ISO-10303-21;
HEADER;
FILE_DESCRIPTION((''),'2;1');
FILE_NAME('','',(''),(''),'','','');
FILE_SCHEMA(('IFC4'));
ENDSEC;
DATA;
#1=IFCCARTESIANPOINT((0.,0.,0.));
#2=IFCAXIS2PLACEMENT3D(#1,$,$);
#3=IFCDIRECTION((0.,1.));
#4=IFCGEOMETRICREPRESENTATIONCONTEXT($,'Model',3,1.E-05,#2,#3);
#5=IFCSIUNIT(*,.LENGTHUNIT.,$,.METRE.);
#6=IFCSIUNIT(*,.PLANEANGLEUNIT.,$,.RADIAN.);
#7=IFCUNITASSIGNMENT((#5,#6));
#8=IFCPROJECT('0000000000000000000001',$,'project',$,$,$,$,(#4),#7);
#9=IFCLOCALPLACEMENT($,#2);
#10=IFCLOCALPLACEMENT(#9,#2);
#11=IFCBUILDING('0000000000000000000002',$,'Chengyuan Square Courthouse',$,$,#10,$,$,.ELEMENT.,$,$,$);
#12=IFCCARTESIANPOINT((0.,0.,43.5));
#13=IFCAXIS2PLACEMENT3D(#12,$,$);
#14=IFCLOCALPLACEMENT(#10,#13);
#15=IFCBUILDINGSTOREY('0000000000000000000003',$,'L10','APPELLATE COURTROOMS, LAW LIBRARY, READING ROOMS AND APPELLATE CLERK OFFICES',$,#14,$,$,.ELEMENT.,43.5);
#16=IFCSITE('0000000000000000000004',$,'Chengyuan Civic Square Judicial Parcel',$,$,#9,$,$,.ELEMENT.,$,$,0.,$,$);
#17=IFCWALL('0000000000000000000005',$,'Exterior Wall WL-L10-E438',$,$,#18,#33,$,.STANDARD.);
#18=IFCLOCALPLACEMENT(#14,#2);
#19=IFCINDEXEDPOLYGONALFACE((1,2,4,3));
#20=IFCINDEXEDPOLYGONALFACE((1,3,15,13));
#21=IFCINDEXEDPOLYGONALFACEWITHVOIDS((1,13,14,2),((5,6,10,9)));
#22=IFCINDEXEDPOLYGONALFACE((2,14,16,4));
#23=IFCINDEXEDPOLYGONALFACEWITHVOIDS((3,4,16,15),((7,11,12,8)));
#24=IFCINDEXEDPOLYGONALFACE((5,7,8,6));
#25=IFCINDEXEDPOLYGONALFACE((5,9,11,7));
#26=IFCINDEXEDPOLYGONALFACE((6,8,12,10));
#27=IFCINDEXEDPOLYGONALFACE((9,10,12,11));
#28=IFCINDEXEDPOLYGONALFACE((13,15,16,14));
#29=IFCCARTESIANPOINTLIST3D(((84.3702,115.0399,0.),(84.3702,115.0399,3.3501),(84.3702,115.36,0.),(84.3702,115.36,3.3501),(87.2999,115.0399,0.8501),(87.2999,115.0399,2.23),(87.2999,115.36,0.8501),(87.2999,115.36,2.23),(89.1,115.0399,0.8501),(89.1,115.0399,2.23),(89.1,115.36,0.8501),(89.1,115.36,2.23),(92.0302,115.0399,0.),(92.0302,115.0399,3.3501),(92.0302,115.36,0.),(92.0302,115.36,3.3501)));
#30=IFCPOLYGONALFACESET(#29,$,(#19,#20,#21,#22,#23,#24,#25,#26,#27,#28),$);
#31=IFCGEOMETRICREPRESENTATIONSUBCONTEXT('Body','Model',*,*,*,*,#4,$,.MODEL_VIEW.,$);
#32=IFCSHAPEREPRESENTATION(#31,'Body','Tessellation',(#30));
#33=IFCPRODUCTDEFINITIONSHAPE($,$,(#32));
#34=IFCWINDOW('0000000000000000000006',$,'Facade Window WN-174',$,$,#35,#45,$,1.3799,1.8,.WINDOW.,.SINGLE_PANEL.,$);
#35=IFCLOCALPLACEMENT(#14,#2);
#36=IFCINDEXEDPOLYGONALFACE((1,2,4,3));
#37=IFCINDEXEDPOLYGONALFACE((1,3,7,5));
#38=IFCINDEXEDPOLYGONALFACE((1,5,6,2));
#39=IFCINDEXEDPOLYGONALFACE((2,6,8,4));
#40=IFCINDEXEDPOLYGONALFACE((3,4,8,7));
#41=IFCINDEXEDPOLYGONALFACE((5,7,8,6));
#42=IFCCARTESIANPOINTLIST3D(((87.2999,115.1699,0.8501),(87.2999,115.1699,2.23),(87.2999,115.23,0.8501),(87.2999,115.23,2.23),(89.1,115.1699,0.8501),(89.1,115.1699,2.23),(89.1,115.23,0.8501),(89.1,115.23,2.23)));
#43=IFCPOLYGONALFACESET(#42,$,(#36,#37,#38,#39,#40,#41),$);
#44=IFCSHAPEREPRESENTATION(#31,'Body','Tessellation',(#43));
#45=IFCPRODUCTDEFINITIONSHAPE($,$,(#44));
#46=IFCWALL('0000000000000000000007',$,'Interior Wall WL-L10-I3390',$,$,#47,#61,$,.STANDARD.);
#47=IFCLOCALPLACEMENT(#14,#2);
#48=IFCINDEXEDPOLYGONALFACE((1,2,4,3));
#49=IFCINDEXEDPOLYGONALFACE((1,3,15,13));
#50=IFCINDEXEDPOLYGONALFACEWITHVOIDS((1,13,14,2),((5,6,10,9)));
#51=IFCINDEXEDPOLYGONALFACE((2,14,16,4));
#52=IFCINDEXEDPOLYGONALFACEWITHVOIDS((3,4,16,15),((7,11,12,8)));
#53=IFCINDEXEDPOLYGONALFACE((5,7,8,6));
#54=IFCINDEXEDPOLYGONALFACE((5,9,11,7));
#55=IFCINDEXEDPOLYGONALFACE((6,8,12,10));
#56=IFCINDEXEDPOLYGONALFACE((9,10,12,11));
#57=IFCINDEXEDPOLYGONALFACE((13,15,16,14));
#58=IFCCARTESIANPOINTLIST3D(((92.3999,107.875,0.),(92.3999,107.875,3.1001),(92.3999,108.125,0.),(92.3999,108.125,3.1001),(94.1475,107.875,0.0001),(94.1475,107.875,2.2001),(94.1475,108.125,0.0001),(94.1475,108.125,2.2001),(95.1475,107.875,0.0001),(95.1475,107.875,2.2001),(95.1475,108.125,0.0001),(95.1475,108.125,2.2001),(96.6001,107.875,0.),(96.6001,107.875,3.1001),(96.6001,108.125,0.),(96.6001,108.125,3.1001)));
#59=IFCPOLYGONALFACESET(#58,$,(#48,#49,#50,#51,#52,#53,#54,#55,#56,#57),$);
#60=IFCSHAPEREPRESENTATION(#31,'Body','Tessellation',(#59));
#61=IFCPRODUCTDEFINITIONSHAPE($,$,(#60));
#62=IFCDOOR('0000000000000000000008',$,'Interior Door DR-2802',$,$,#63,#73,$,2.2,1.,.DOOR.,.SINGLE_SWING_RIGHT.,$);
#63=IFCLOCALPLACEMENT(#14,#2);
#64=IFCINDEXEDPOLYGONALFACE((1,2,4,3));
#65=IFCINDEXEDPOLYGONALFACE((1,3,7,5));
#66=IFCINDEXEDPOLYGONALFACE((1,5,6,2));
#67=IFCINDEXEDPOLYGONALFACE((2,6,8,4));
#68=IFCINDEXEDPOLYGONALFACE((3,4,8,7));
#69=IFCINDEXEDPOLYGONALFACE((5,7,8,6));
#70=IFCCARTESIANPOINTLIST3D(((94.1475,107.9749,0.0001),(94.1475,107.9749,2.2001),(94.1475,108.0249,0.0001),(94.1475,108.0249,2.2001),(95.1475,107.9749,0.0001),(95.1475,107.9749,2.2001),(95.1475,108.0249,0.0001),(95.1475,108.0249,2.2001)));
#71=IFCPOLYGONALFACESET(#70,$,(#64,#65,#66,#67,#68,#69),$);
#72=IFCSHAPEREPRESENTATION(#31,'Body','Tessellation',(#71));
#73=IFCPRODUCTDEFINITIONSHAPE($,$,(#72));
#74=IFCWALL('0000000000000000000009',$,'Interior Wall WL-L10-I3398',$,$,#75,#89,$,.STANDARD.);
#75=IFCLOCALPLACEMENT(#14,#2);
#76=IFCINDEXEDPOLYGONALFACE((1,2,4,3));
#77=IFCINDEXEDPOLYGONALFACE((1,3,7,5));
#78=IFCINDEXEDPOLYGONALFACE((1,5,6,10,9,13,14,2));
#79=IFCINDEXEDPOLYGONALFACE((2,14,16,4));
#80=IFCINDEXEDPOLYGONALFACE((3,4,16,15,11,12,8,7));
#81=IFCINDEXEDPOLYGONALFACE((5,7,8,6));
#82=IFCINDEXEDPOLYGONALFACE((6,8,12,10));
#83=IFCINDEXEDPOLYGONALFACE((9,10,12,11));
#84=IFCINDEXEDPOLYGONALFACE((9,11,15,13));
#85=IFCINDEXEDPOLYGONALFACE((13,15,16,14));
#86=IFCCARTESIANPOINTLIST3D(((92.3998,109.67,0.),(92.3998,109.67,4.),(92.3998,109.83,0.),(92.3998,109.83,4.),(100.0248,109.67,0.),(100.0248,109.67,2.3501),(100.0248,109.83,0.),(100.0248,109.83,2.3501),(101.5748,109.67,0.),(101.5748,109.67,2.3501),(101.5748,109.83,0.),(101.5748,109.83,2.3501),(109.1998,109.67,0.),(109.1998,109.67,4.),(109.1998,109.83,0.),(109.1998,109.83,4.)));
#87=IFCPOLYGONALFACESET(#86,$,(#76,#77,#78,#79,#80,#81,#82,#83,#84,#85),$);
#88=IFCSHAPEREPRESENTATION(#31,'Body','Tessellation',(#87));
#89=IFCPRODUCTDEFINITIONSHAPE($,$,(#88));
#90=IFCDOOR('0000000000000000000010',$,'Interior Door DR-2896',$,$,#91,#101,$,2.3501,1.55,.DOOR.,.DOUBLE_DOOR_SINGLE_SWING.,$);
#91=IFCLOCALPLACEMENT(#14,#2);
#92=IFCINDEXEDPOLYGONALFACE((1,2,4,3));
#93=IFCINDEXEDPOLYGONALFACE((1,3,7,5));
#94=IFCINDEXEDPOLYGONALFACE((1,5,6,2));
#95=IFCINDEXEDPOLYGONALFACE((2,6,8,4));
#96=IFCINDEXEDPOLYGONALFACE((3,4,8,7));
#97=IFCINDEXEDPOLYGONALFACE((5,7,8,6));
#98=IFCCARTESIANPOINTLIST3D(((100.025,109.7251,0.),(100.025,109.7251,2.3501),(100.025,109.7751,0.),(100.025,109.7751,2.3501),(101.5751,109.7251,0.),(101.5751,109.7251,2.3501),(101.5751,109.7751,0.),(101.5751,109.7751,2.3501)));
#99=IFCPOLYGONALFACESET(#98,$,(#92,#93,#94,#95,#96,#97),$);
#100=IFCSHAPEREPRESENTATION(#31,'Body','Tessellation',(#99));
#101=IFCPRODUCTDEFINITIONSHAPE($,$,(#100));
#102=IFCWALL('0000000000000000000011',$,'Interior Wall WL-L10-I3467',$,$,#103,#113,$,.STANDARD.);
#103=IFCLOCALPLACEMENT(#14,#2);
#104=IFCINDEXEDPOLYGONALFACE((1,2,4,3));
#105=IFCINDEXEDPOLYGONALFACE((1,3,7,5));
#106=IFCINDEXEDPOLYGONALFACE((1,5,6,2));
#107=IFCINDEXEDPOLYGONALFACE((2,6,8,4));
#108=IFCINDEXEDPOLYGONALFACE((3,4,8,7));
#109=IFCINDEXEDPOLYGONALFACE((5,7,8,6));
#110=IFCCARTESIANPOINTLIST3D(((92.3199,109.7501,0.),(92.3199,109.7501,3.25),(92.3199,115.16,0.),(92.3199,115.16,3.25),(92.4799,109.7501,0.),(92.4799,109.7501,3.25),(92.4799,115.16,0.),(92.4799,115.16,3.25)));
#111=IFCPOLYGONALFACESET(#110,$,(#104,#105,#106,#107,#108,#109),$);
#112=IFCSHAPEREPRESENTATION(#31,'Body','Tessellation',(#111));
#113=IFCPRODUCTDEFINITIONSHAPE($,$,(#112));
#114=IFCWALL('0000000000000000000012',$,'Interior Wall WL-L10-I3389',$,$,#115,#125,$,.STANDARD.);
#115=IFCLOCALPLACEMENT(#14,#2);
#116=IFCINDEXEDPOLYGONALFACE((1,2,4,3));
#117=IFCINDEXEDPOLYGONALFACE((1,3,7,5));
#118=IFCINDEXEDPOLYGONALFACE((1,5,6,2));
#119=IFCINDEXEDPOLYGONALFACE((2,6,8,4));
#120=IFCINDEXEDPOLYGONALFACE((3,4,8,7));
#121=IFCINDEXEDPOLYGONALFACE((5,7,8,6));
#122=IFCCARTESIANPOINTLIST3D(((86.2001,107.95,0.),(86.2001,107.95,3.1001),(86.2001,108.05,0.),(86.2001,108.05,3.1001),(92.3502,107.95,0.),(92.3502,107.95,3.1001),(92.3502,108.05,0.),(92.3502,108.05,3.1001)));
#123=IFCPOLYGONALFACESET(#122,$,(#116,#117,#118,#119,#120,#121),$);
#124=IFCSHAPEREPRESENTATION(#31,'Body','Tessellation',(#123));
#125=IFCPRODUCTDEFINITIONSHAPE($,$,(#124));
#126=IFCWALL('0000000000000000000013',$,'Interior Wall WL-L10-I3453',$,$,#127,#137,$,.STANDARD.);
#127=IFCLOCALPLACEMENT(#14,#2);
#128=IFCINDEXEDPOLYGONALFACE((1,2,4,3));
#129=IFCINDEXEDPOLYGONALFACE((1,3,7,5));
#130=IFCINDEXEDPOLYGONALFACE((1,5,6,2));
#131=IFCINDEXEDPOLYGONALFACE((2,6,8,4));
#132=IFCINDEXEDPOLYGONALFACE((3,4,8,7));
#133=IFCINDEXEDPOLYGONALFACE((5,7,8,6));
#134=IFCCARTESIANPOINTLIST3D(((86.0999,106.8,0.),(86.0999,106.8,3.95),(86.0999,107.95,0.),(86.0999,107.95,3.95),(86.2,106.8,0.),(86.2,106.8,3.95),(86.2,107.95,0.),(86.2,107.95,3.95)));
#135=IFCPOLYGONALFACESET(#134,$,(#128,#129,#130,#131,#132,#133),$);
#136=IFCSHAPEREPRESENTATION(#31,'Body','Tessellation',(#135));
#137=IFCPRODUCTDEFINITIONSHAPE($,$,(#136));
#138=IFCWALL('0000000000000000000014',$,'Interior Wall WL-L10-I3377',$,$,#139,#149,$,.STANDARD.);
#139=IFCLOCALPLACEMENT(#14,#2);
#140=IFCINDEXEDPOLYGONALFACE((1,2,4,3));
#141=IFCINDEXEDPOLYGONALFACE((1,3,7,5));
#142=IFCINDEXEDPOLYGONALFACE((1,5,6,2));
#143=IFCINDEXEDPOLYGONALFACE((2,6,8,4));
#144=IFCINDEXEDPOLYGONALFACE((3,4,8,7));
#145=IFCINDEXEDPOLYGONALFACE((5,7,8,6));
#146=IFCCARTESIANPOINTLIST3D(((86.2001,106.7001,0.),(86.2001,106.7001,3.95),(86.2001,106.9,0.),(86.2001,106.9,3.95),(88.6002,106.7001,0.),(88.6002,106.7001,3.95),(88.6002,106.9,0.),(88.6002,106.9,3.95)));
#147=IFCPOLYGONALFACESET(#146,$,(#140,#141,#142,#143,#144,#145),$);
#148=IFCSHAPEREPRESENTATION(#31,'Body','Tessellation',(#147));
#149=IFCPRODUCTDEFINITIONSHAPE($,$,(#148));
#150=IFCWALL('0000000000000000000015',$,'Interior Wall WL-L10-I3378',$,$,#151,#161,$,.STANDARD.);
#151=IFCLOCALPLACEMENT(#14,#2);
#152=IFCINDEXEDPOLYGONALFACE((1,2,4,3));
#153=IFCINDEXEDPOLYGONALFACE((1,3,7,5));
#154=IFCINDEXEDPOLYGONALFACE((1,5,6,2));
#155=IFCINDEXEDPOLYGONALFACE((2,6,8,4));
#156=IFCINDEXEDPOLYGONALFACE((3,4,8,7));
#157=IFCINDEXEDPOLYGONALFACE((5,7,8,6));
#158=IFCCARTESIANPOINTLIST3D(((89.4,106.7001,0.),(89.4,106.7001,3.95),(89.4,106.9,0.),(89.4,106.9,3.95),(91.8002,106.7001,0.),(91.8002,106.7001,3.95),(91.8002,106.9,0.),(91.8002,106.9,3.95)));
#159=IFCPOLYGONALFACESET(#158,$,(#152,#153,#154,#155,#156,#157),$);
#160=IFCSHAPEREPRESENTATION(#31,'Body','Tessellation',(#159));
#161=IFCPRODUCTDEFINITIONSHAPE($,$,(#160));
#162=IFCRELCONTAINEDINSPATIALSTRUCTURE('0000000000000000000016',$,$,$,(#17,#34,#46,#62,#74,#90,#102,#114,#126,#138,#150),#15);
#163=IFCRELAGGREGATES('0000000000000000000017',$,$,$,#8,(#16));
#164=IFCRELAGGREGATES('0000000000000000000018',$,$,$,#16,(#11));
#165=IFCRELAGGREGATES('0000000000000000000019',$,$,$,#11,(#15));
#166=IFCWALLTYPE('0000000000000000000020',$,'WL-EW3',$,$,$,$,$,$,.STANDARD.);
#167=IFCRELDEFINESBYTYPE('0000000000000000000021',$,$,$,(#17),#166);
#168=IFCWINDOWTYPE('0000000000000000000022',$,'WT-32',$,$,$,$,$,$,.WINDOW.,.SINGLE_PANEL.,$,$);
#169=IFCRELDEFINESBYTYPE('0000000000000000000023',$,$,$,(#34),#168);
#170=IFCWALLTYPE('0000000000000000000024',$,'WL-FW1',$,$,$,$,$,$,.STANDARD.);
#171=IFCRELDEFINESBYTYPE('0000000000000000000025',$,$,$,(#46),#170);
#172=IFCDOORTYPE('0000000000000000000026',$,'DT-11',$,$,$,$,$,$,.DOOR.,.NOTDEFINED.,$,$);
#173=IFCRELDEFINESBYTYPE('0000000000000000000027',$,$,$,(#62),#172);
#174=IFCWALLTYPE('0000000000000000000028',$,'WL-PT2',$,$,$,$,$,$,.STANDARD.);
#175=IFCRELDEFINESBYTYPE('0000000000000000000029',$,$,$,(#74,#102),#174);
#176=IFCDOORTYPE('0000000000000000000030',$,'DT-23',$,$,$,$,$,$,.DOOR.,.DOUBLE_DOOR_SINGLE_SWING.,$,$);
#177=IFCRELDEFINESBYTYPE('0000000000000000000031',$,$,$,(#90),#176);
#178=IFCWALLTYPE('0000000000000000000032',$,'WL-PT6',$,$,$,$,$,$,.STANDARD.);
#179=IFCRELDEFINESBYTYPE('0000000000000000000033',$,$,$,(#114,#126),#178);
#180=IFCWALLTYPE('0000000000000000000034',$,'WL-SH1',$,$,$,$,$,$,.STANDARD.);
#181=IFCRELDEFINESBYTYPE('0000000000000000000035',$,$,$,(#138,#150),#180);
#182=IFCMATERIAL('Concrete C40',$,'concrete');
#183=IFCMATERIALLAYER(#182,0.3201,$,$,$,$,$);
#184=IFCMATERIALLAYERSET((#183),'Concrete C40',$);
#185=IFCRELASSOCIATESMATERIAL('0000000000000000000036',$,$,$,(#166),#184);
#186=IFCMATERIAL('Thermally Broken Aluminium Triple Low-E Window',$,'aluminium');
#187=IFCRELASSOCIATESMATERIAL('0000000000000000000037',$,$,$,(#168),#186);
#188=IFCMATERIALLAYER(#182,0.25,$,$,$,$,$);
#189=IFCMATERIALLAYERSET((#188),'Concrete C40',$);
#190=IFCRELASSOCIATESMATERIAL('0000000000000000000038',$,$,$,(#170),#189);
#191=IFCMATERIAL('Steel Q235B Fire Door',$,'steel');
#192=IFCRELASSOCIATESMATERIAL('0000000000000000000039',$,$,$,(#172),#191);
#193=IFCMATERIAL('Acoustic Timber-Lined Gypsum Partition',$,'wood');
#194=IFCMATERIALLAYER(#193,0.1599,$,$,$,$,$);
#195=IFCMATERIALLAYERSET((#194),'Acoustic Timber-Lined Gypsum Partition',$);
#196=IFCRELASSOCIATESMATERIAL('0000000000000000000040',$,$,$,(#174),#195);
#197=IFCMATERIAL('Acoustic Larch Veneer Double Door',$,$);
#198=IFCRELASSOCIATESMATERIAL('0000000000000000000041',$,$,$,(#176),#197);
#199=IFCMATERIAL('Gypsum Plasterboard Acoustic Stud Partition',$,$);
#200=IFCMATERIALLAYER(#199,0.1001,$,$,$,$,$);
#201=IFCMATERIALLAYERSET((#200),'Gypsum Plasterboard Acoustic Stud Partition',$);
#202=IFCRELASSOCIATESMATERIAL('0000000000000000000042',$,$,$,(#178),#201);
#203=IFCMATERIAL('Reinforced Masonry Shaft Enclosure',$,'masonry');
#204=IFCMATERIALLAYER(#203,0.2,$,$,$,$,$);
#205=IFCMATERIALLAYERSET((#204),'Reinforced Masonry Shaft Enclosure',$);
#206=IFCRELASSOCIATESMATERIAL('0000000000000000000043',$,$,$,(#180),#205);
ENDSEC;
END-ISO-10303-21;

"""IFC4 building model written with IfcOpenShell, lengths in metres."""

from ifc_helpers import new_model, si_unit, direction, frame, frame_2d, origin, place, context, subcontext, project, spatial, rectangle, extrude, material, layer, layer_set, type_object, element, fill, save


model = new_model("IFC4")

# Units and contexts
model_context = context("Model", 3, precision=1e-05, world=origin(), true_north=direction((0.0, 1.0)))
body_context = subcontext(model_context, "Body", "Model", "MODEL_VIEW")
ifc_project = project(units=[si_unit("LENGTHUNIT", "METRE"), si_unit("PLANEANGLEUNIT", "RADIAN")], contexts=[model_context])

# Site, building, storey
site_placement = place(None, origin())
site = spatial("IfcSite", under=ifc_project, at=site_placement, Name="Chengyuan Civic Square Judicial Parcel", CompositionType="ELEMENT", RefElevation=0.0)
building_placement = place(site_placement, origin())
building = spatial("IfcBuilding", under=site, at=building_placement, Name="Chengyuan Square Courthouse", CompositionType="ELEMENT")
storey_placement = place(building_placement, frame((0.0, 0.0, 43.5)))
storey = spatial("IfcBuildingStorey", under=building, at=storey_placement, Name="L10", Description="APPELLATE COURTROOMS, LAW LIBRARY, READING ROOMS AND APPELLATE CLERK OFFICES", CompositionType="ELEMENT", Elevation=43.5)

# Shared definitions
ifc_material_1 = material(Name="Concrete C40", Category="concrete")

# Wall, opening, window
ifc_layer_1 = layer(ifc_material_1, 0.3201)
ifc_layer_set_1 = layer_set([ifc_layer_1], Name="Concrete C40")
wall_type_1 = type_object("IfcWallType", Name="WL-EW3", PredefinedType="STANDARD", material=ifc_layer_set_1)
wall_1_placement = place(storey_placement, frame((84.3701, 115.2, 0.0), z_axis=(0.0, 0.0, 1.0), x_axis=(1.0, 0.0, 0.0)))
wall_1 = element("IfcWall", 1, at=wall_1_placement, inside=storey, type_object=wall_type_1, Name="Exterior Wall WL-L10-E438", PredefinedType="STANDARD", context=body_context, shape_type="SweptSolid", body=[
    extrude(rectangle(XDim=7.6599, YDim=0.3201, at=frame_2d((3.8301, 0.0))), origin(), (0.0, 0.0, 1.0), 3.3501),
])
opening_1_placement = place(wall_1_placement, frame((2.9299, 0.0, 0.8501)))
opening_1 = element("IfcOpeningElement", 2, at=opening_1_placement, cuts=wall_1, PredefinedType="OPENING", context=body_context, shape_type="SweptSolid", body=[
    extrude(rectangle(XDim=1.8, YDim=1.3799, at=frame_2d((0.8999, 0.6899))), frame((0.0, 0.1721, 0.0), z_axis=(0.0, -1.0, 0.0), x_axis=(1.0, 0.0, 0.0)), (0.0, 0.0, 1.0), 0.344),
])
ifc_material_2 = material(Name="Thermally Broken Aluminium Triple Low-E Window", Category="aluminium")
window_type = type_object("IfcWindowType", Name="WT-32", PartitioningType="SINGLE_PANEL", PredefinedType="WINDOW", material=ifc_material_2)
window_placement = place(opening_1_placement, origin())
window = element("IfcWindow", 3, at=window_placement, inside=storey, type_object=window_type, Name="Facade Window WN-174", OverallHeight=1.3799, OverallWidth=1.8, PartitioningType="SINGLE_PANEL", PredefinedType="WINDOW", context=body_context, shape_type="SweptSolid", body=[
    extrude(rectangle(XDim=1.8, YDim=1.3799, at=frame_2d((0.8999, 0.6899))), frame((0.0, 0.03, 0.0), z_axis=(0.0, -1.0, 0.0), x_axis=(1.0, 0.0, 0.0)), (0.0, 0.0, 1.0), 0.0601),
])
fill(opening_1, window)

# Walls, openings, doors
ifc_layer_2 = layer(ifc_material_1, 0.25)
ifc_layer_set_2 = layer_set([ifc_layer_2], Name="Concrete C40")
wall_type_2 = type_object("IfcWallType", Name="WL-FW1", PredefinedType="STANDARD", material=ifc_layer_set_2)
wall_2_placement = place(storey_placement, frame((92.3999, 108.0, 0.0), z_axis=(0.0, 0.0, 1.0), x_axis=(1.0, 0.0, 0.0)))
wall_2 = element("IfcWall", 4, at=wall_2_placement, inside=storey, type_object=wall_type_2, Name="Interior Wall WL-L10-I3390", PredefinedType="STANDARD", context=body_context, shape_type="SweptSolid", body=[
    extrude(rectangle(XDim=4.2002, YDim=0.25, at=frame_2d((2.1001, 0.0))), origin(), (0.0, 0.0, 1.0), 3.1001),
])
opening_2_placement = place(wall_2_placement, frame((1.7476, 0.0, 0.0)))
opening_2 = element("IfcOpeningElement", 5, at=opening_2_placement, cuts=wall_2, PredefinedType="OPENING", context=body_context, shape_type="SweptSolid", body=[
    extrude(rectangle(XDim=1.0, YDim=2.2, at=frame_2d((0.5, 1.1001))), frame((0.0, 0.137, 0.0), z_axis=(0.0, -1.0, 0.0), x_axis=(1.0, 0.0, 0.0)), (0.0, 0.0, 1.0), 0.2739),
])
ifc_material_3 = material(Name="Steel Q235B Fire Door", Category="steel")
door_type_1 = type_object("IfcDoorType", Name="DT-11", OperationType="NOTDEFINED", PredefinedType="DOOR", material=ifc_material_3)
door_1_placement = place(opening_2_placement, origin())
door_1 = element("IfcDoor", 6, at=door_1_placement, inside=storey, type_object=door_type_1, Name="Interior Door DR-2802", OperationType="SINGLE_SWING_RIGHT", OverallHeight=2.2, OverallWidth=1.0, PredefinedType="DOOR", context=body_context, shape_type="SweptSolid", body=[
    extrude(rectangle(XDim=1.0, YDim=2.2, at=frame_2d((0.5, 1.1001))), frame((0.0, 0.0249, 0.0), z_axis=(0.0, -1.0, 0.0), x_axis=(1.0, 0.0, 0.0)), (0.0, 0.0, 1.0), 0.05),
])
fill(opening_2, door_1)
ifc_material_4 = material(Name="Acoustic Timber-Lined Gypsum Partition", Category="wood")
ifc_layer_3 = layer(ifc_material_4, 0.1599)
ifc_layer_set_3 = layer_set([ifc_layer_3], Name="Acoustic Timber-Lined Gypsum Partition")
wall_type_3 = type_object("IfcWallType", Name="WL-PT2", PredefinedType="STANDARD", material=ifc_layer_set_3)
wall_3_placement = place(storey_placement, frame((92.3999, 109.75, 0.0), z_axis=(0.0, 0.0, 1.0), x_axis=(1.0, 0.0, 0.0)))
wall_3 = element("IfcWall", 7, at=wall_3_placement, inside=storey, type_object=wall_type_3, Name="Interior Wall WL-L10-I3398", PredefinedType="STANDARD", context=body_context, shape_type="SweptSolid", body=[
    extrude(rectangle(XDim=16.8, YDim=0.1599, at=frame_2d((8.3999, 0.0))), origin(), (0.0, 0.0, 1.0), 4.0),
])
opening_3_placement = place(wall_3_placement, frame((7.625, 0.0, 0.0)))
opening_3 = element("IfcOpeningElement", 8, at=opening_3_placement, cuts=wall_3, PredefinedType="OPENING", context=body_context, shape_type="SweptSolid", body=[
    extrude(rectangle(XDim=1.55, YDim=2.3501, at=frame_2d((0.7749, 1.175))), frame((0.0, 0.092, 0.0), z_axis=(0.0, -1.0, 0.0), x_axis=(1.0, 0.0, 0.0)), (0.0, 0.0, 1.0), 0.1838),
])
ifc_material_5 = material(Name="Acoustic Larch Veneer Double Door")
door_type_2 = type_object("IfcDoorType", Name="DT-23", OperationType="DOUBLE_DOOR_SINGLE_SWING", PredefinedType="DOOR", material=ifc_material_5)
door_2_placement = place(opening_3_placement, frame((1.55, 0.0, 0.0), z_axis=(0.0, 0.0, 1.0), x_axis=(-1.0, 0.0, 0.0)))
door_2 = element("IfcDoor", 9, at=door_2_placement, inside=storey, type_object=door_type_2, Name="Interior Door DR-2896", OperationType="DOUBLE_DOOR_SINGLE_SWING", OverallHeight=2.3501, OverallWidth=1.55, PredefinedType="DOOR", context=body_context, shape_type="SweptSolid", body=[
    extrude(rectangle(XDim=1.55, YDim=2.3501, at=frame_2d((0.7749, 1.175))), frame((0.0, 0.0249, 0.0), z_axis=(0.0, -1.0, 0.0), x_axis=(1.0, 0.0, 0.0)), (0.0, 0.0, 1.0), 0.05),
])
fill(opening_3, door_2)

# Walls
wall_4_placement = place(storey_placement, frame((92.3999, 109.75, 0.0), z_axis=(0.0, 0.0, 1.0), x_axis=(0.0, 1.0, 0.0)))
element("IfcWall", 10, at=wall_4_placement, inside=storey, type_object=wall_type_3, Name="Interior Wall WL-L10-I3467", PredefinedType="STANDARD", context=body_context, shape_type="SweptSolid", body=[
    extrude(rectangle(XDim=5.4099, YDim=0.1599, at=frame_2d((2.7051, 0.0))), origin(), (0.0, 0.0, 1.0), 3.25),
])
ifc_material_6 = material(Name="Gypsum Plasterboard Acoustic Stud Partition")
ifc_layer_4 = layer(ifc_material_6, 0.1001)
ifc_layer_set_4 = layer_set([ifc_layer_4], Name="Gypsum Plasterboard Acoustic Stud Partition")
wall_type_4 = type_object("IfcWallType", Name="WL-PT6", PredefinedType="STANDARD", material=ifc_layer_set_4)
wall_5_placement = place(storey_placement, frame((86.2, 108.0, 0.0), z_axis=(0.0, 0.0, 1.0), x_axis=(1.0, 0.0, 0.0)))
element("IfcWall", 11, at=wall_5_placement, inside=storey, type_object=wall_type_4, Name="Interior Wall WL-L10-I3389", PredefinedType="STANDARD", context=body_context, shape_type="SweptSolid", body=[
    extrude(rectangle(XDim=6.1501, YDim=0.1001, at=frame_2d((3.0752, 0.0))), origin(), (0.0, 0.0, 1.0), 3.1001),
])
wall_6_placement = place(storey_placement, frame((86.1499, 106.8, 0.0), z_axis=(0.0, 0.0, 1.0), x_axis=(0.0, 1.0, 0.0)))
element("IfcWall", 12, at=wall_6_placement, inside=storey, type_object=wall_type_4, Name="Interior Wall WL-L10-I3453", PredefinedType="STANDARD", context=body_context, shape_type="SweptSolid", body=[
    extrude(rectangle(XDim=1.1499, YDim=0.1001, at=frame_2d((0.575, 0.0))), origin(), (0.0, 0.0, 1.0), 3.95),
])
ifc_material_7 = material(Name="Reinforced Masonry Shaft Enclosure", Category="masonry")
ifc_layer_5 = layer(ifc_material_7, 0.2)
ifc_layer_set_5 = layer_set([ifc_layer_5], Name="Reinforced Masonry Shaft Enclosure")
wall_type_5 = type_object("IfcWallType", Name="WL-SH1", PredefinedType="STANDARD", material=ifc_layer_set_5)
for number, where, z_axis, x_axis, name in (
    (13, (86.2, 106.8, 0.0), (0.0, 0.0, 1.0), (1.0, 0.0, 0.0), "Interior Wall WL-L10-I3377"),
    (14, (89.3999, 106.8, 0.0), (0.0, 0.0, 1.0), (1.0, 0.0, 0.0), "Interior Wall WL-L10-I3378"),
):
    element("IfcWall", number, at=place(storey_placement, frame(where, z_axis=z_axis, x_axis=x_axis)), inside=storey, type_object=wall_type_5, Name=name, PredefinedType="STANDARD", context=body_context, shape_type="SweptSolid", body=[
        extrude(rectangle(XDim=2.4001, YDim=0.2, at=frame_2d((1.2002, 0.0))), origin(), (0.0, 0.0, 1.0), 3.95),
    ])

save(model, "model.ifc")
